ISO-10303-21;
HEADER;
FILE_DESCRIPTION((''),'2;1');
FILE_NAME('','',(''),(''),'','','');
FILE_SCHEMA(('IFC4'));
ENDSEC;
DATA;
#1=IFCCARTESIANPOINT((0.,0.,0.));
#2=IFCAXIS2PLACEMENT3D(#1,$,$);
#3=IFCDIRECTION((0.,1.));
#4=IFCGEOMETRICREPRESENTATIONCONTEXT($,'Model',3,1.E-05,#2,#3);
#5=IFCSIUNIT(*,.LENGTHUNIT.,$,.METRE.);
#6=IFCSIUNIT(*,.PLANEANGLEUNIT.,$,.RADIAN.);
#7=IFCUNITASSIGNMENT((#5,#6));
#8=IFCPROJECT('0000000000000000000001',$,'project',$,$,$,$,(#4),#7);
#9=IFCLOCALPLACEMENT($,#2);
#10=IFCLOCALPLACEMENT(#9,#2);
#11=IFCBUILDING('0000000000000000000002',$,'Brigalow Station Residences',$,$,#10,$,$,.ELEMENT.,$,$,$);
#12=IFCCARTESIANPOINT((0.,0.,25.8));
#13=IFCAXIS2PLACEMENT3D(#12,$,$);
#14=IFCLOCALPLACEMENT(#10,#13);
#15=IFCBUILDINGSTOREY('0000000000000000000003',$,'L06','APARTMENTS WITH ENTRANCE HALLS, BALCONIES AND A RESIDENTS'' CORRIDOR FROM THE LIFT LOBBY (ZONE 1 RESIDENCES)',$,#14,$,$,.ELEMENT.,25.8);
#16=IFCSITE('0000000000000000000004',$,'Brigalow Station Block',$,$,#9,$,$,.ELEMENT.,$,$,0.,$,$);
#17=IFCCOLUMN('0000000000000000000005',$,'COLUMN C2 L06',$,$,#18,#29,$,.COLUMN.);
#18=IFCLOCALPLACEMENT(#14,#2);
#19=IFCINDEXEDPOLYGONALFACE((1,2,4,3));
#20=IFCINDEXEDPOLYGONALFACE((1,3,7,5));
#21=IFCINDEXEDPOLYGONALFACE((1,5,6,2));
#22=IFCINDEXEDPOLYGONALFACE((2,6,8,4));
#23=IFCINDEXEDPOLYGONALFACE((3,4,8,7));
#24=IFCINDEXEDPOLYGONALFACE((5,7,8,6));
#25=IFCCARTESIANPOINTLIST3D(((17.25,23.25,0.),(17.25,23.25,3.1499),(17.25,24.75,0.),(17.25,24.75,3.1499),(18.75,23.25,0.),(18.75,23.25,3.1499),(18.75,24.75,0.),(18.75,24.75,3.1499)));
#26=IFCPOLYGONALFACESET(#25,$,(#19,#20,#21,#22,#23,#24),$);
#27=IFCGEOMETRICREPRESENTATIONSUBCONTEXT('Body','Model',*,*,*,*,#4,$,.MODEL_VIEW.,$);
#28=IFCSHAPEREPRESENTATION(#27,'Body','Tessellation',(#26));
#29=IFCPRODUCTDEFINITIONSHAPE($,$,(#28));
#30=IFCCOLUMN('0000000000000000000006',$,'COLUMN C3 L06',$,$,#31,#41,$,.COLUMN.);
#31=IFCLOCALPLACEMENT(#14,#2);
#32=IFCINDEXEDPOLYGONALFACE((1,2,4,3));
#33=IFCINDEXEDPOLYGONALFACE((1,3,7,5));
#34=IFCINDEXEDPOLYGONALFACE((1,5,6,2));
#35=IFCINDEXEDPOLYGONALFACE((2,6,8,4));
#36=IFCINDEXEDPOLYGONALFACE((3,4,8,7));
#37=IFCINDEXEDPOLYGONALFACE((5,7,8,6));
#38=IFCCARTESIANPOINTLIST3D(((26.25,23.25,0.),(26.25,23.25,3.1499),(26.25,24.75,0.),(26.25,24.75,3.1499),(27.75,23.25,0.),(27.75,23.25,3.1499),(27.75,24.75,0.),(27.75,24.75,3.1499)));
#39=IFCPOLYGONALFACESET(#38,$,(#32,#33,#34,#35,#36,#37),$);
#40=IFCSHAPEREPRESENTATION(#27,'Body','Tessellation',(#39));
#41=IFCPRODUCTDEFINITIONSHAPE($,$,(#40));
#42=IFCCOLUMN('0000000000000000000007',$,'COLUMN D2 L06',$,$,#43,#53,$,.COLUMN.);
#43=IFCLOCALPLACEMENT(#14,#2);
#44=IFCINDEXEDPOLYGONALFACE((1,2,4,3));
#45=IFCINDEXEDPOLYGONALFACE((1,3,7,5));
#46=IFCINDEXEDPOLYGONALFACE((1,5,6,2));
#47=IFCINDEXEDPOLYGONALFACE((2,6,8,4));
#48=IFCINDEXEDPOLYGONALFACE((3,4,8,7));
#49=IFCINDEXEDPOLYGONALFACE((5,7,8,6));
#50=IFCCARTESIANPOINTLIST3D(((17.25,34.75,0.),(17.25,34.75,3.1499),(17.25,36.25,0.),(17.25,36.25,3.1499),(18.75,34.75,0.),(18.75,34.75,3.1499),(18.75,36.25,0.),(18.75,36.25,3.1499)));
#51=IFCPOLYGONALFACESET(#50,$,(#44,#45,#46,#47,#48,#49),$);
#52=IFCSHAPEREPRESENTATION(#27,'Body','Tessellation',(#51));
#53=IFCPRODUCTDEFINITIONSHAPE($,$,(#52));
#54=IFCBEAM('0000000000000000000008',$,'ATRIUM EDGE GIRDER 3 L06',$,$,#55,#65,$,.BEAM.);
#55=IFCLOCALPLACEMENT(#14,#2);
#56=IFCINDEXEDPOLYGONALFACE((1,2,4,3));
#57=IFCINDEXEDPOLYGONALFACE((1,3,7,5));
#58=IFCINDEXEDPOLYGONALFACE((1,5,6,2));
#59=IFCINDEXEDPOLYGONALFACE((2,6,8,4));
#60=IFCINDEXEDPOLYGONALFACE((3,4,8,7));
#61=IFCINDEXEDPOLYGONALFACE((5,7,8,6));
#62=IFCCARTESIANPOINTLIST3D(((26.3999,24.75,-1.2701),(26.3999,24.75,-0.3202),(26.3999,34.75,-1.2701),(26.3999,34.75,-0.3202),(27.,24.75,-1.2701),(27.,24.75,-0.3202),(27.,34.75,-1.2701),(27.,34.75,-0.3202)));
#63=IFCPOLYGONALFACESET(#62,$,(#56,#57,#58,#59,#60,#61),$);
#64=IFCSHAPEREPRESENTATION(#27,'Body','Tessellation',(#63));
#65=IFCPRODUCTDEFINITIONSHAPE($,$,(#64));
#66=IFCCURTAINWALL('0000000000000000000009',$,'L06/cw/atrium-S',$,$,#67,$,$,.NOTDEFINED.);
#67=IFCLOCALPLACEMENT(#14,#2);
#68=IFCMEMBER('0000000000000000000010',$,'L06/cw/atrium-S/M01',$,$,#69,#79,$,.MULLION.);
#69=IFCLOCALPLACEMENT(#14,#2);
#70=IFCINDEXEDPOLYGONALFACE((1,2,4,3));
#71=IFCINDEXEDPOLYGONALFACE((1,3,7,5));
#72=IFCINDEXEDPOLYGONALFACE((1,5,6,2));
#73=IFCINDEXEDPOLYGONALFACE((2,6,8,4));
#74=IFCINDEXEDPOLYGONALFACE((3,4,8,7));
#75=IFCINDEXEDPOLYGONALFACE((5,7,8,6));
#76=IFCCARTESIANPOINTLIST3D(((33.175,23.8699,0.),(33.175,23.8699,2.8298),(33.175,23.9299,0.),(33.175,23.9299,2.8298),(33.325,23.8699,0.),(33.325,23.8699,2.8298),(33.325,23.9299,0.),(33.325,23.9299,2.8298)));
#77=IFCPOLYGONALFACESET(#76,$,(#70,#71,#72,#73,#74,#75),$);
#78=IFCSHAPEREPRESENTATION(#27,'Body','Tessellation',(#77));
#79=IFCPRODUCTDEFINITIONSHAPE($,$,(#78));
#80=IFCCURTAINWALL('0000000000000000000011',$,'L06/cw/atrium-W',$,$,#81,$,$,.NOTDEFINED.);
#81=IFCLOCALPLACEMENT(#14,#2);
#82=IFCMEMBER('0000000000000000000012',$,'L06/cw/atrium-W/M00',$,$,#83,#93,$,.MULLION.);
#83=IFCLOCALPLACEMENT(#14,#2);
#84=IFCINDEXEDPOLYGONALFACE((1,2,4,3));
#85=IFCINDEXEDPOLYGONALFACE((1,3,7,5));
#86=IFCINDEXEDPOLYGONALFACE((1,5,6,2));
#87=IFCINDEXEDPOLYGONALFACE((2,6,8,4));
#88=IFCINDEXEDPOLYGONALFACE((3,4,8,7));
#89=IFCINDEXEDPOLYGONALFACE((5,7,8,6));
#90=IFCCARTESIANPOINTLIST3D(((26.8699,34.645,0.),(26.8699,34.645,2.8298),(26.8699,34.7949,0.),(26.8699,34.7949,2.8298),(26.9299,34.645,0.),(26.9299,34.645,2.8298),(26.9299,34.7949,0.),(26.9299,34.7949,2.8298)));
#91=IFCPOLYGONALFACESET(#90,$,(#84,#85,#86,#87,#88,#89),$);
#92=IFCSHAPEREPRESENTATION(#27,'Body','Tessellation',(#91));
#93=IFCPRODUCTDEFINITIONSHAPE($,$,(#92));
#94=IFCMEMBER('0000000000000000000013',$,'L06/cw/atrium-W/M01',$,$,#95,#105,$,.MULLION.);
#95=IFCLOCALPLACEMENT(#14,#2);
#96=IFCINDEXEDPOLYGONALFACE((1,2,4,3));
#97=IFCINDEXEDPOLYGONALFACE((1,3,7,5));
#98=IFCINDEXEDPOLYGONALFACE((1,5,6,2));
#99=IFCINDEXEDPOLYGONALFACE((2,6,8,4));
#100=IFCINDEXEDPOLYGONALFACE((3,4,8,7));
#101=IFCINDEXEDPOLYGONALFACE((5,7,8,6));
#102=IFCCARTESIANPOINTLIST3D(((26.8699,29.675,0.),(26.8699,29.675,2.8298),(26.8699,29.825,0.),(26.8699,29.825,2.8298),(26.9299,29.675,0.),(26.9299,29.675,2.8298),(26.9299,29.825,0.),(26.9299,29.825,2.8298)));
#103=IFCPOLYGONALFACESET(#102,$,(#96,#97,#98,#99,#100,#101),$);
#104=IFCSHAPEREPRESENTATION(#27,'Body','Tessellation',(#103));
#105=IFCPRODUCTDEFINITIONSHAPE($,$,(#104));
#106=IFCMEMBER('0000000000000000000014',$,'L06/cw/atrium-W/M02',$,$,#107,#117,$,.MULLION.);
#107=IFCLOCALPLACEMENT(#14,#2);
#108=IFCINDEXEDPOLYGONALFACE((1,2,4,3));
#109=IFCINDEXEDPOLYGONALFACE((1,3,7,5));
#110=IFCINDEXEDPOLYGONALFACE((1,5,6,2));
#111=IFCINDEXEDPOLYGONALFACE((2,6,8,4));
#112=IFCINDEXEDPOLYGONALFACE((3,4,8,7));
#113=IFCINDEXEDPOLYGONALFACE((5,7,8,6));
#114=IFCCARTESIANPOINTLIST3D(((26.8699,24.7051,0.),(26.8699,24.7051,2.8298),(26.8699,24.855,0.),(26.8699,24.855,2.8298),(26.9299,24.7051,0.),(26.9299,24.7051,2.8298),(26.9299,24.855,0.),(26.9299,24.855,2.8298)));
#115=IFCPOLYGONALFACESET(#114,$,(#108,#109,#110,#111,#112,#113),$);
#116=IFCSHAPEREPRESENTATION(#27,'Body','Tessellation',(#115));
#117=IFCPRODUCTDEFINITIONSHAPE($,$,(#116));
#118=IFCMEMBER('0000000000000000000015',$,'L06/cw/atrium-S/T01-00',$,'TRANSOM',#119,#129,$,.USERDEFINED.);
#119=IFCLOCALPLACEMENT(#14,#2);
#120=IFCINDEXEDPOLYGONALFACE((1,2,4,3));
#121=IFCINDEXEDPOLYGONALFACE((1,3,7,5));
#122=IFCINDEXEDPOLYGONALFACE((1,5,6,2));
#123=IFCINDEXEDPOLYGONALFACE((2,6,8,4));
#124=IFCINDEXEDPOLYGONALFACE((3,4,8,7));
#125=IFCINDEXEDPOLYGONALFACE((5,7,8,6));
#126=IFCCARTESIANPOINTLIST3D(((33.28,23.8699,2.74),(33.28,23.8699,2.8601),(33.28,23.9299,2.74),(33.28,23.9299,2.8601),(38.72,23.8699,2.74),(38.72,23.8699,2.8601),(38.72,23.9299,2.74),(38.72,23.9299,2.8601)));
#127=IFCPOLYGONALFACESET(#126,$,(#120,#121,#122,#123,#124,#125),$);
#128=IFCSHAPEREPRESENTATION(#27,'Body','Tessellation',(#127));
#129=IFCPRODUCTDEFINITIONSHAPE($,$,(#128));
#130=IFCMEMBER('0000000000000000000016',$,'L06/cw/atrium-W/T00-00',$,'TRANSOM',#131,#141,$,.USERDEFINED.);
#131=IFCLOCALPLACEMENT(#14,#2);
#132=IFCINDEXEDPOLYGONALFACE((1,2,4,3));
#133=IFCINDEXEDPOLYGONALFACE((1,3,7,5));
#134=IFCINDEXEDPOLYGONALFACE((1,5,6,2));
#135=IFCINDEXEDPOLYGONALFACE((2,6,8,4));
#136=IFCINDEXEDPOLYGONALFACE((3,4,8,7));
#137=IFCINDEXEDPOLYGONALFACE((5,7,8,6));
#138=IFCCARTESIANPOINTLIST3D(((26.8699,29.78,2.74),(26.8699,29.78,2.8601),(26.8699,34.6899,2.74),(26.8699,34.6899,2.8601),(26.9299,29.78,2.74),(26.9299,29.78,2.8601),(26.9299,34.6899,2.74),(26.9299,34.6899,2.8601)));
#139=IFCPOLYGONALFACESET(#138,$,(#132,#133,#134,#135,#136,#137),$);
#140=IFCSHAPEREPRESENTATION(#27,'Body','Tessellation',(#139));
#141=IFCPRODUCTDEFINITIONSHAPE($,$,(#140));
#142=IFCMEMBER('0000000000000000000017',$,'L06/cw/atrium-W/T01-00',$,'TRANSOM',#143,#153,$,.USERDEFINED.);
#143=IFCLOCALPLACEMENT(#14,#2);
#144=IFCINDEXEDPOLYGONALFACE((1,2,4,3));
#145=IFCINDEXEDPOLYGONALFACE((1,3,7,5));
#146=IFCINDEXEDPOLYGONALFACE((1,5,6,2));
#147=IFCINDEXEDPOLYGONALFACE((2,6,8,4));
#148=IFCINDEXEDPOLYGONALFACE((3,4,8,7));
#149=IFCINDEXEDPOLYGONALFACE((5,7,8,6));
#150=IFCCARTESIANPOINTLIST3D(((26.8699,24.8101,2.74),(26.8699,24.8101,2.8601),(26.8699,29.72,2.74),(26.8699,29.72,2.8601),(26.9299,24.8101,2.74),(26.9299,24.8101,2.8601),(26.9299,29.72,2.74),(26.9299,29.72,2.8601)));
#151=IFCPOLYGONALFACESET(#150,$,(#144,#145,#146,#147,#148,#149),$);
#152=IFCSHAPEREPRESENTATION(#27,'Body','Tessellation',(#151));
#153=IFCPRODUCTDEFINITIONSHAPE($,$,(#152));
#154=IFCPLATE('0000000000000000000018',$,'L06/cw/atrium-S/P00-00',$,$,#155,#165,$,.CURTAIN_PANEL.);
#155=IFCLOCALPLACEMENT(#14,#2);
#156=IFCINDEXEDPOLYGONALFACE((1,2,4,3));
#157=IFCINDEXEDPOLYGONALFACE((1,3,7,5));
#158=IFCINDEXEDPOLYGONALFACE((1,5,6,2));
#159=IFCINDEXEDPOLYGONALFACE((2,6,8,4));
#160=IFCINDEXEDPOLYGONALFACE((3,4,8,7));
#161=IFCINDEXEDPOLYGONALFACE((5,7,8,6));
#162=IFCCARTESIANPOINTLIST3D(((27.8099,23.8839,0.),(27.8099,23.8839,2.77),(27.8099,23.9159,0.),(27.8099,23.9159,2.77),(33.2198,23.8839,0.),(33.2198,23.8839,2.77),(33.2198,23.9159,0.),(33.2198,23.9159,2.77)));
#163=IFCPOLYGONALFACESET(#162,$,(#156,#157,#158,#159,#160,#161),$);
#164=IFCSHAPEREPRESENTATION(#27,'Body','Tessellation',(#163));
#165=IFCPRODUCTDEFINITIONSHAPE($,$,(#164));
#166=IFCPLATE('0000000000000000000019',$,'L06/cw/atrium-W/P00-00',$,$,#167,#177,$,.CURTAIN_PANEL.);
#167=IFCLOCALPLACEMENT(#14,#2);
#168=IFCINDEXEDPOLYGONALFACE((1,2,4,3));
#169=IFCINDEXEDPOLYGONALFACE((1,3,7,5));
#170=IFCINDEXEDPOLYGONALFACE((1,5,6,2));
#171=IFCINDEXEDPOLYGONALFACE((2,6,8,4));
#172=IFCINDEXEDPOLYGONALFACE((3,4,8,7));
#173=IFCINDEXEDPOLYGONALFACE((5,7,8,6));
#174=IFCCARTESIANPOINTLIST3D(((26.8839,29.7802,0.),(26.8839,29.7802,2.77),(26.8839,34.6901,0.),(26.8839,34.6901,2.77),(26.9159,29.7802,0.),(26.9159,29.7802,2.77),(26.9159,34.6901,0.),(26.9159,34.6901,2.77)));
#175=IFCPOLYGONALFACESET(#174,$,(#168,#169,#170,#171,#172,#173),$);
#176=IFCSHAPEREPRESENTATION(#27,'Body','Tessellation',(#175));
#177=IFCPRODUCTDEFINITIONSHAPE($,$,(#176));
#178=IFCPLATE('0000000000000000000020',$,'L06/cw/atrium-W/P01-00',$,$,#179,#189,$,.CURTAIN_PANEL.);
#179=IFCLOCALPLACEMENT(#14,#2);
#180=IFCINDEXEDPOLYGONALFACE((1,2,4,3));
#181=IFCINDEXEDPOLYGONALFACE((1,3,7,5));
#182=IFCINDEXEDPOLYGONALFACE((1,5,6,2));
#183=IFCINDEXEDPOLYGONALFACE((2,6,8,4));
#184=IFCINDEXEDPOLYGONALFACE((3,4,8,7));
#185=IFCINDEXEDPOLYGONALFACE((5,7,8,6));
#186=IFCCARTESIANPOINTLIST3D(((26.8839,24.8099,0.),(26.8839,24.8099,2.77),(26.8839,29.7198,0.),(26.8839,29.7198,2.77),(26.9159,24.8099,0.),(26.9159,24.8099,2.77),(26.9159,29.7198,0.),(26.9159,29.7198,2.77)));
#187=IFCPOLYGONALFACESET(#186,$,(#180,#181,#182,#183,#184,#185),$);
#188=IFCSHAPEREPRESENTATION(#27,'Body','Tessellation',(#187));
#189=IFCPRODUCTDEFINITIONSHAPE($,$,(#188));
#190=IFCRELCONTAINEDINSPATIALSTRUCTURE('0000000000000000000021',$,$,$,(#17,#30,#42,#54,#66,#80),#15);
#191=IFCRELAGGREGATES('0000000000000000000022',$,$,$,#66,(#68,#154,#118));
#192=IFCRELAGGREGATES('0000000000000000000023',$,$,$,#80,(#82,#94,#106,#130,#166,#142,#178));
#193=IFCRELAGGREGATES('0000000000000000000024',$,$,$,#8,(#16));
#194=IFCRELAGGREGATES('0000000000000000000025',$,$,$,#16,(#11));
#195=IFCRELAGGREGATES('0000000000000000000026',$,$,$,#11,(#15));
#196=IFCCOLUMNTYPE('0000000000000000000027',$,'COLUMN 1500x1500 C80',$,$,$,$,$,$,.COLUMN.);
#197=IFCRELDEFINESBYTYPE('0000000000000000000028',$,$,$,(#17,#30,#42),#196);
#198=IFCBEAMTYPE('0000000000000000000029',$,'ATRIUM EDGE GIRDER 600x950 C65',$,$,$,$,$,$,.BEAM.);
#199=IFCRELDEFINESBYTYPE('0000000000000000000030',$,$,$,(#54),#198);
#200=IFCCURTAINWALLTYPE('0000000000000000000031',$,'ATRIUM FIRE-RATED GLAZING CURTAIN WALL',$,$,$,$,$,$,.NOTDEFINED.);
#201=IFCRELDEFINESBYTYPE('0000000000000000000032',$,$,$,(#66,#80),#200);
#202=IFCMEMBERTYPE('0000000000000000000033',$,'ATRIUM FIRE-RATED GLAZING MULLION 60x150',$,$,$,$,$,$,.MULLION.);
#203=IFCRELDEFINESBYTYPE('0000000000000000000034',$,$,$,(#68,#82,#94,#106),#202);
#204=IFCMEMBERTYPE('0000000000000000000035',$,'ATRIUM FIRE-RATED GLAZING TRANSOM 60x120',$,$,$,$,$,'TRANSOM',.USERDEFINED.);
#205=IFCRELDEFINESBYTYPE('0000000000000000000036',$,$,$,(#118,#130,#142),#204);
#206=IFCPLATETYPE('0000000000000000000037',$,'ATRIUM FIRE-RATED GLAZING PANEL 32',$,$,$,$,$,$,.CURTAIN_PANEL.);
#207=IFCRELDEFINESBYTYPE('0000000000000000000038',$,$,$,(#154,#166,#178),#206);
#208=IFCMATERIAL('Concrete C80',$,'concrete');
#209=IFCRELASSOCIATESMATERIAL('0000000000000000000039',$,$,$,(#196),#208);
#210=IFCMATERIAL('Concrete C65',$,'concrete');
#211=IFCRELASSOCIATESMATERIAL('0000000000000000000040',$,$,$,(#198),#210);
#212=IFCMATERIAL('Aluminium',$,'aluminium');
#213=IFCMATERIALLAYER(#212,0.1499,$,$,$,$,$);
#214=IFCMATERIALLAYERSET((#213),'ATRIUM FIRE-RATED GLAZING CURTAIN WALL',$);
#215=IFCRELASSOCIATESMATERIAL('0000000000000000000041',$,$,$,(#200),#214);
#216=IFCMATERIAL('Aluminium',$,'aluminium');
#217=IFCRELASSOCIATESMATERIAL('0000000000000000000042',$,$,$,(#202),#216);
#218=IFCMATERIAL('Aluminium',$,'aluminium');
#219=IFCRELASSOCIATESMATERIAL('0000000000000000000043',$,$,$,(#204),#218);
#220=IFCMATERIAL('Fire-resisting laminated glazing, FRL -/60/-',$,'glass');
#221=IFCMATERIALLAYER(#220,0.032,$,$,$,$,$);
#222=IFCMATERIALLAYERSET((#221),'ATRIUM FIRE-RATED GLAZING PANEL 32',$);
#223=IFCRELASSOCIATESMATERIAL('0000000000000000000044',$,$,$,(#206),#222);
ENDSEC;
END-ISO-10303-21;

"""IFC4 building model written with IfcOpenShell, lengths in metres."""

from ifc_helpers import new_model, si_unit, direction, frame, origin, origin_2d, place, context, subcontext, project, spatial, rectangle, extrude, material, layer, layer_set, material_profile, profile_set, type_object, element, aggregate, save


model = new_model("IFC4")

# Units and contexts
model_context = context("Model", 3, precision=1e-05, world=origin(), true_north=direction((0.0, 1.0)))
body_context = subcontext(model_context, "Body", "Model", "MODEL_VIEW")
ifc_project = project(units=[si_unit("LENGTHUNIT", "METRE"), si_unit("PLANEANGLEUNIT", "RADIAN")], contexts=[model_context])

# Site, building, storey
site_placement = place(None, origin())
site = spatial("IfcSite", under=ifc_project, at=site_placement, Name="Brigalow Station Block", CompositionType="ELEMENT", RefElevation=0.0)
building_placement = place(site_placement, origin())
building = spatial("IfcBuilding", under=site, at=building_placement, Name="Brigalow Station Residences", CompositionType="ELEMENT")
storey_placement = place(building_placement, frame((0.0, 0.0, 25.8)))
storey = spatial("IfcBuildingStorey", under=building, at=storey_placement, Name="L06", Description="APARTMENTS WITH ENTRANCE HALLS, BALCONIES AND A RESIDENTS' CORRIDOR FROM THE LIFT LOBBY (ZONE 1 RESIDENCES)", CompositionType="ELEMENT", Elevation=25.8)

# Columns
ifc_material_1 = material(Name="Concrete C80", Category="concrete")
ifc_material_profile_1 = material_profile(ifc_material_1, rectangle(XDim=1.5, YDim=1.5, at=origin_2d()), Name="RC1500x1500")
ifc_profile_set_1 = profile_set([ifc_material_profile_1], Name="Concrete C80")
column_type = type_object("IfcColumnType", Name="COLUMN 1500x1500 C80", PredefinedType="COLUMN", material=ifc_profile_set_1)
for number, where, z_axis, x_axis, name in (
    (1, (18.0, 24.0, 0.0), (0.0, 0.0, 1.0), (1.0, 0.0, 0.0), "COLUMN C2 L06"),
    (2, (27.0, 24.0, 0.0), (0.0, 0.0, 1.0), (1.0, 0.0, 0.0), "COLUMN C3 L06"),
    (3, (18.0, 35.5, 0.0), (0.0, 0.0, 1.0), (1.0, 0.0, 0.0), "COLUMN D2 L06"),
):
    element("IfcColumn", number, at=place(storey_placement, frame(where, z_axis=z_axis, x_axis=x_axis)), inside=storey, type_object=column_type, Name=name, PredefinedType="COLUMN", context=body_context, shape_type="SweptSolid", body=[
        extrude(rectangle(XDim=1.5, YDim=1.5, at=origin_2d()), origin(), (0.0, 0.0, 1.0), 3.1499),
    ])

# Beam
ifc_material_2 = material(Name="Concrete C65", Category="concrete")
ifc_material_profile_2 = material_profile(ifc_material_2, rectangle(XDim=0.6001, YDim=0.95, at=origin_2d()), Name="RC600x950")
ifc_profile_set_2 = profile_set([ifc_material_profile_2], Name="Concrete C65")
beam_type = type_object("IfcBeamType", Name="ATRIUM EDGE GIRDER 600x950 C65", PredefinedType="BEAM", material=ifc_profile_set_2)
beam_placement = place(storey_placement, frame((26.7, 24.75, -0.7952), z_axis=(0.0, 1.0, 0.0), x_axis=(-1.0, 0.0, 0.0)))
element("IfcBeam", 4, at=beam_placement, inside=storey, type_object=beam_type, Name="ATRIUM EDGE GIRDER 3 L06", PredefinedType="BEAM", context=body_context, shape_type="SweptSolid", body=[
    extrude(rectangle(XDim=0.6001, YDim=0.95, at=origin_2d()), origin(), (0.0, 0.0, 1.0), 10.0),
])

# Curtain wall, member
ifc_material_3 = material(Name="Aluminium", Category="aluminium")
ifc_layer_1 = layer(ifc_material_3, 0.1499)
ifc_layer_set_1 = layer_set([ifc_layer_1], Name="ATRIUM FIRE-RATED GLAZING CURTAIN WALL")
curtain_wall_type = type_object("IfcCurtainWallType", Name="ATRIUM FIRE-RATED GLAZING CURTAIN WALL", PredefinedType="NOTDEFINED", material=ifc_layer_set_1)
curtain_wall_1_placement = place(storey_placement, origin())
curtain_wall_1 = element("IfcCurtainWall", 5, at=curtain_wall_1_placement, inside=storey, type_object=curtain_wall_type, Name="L06/cw/atrium-S", PredefinedType="NOTDEFINED")
ifc_material_4 = material(Name="Aluminium", Category="aluminium")
ifc_material_profile_3 = material_profile(ifc_material_4, rectangle(XDim=0.0601, YDim=0.1499, at=origin_2d()), Name="ATRIUM FIRE-RATED GLAZING MULLION 60x150")
ifc_profile_set_3 = profile_set([ifc_material_profile_3], Name="Aluminium")
member_type_1 = type_object("IfcMemberType", Name="ATRIUM FIRE-RATED GLAZING MULLION 60x150", PredefinedType="MULLION", material=ifc_profile_set_3)
member_1_placement = place(storey_placement, frame((33.25, 23.8999, 0.0), z_axis=(0.0, 0.0, 1.0), x_axis=(0.0, 1.0, 0.0)))
member_1 = element("IfcMember", 6, at=member_1_placement, type_object=member_type_1, Name="L06/cw/atrium-S/M01", PredefinedType="MULLION", context=body_context, shape_type="SweptSolid", body=[
    extrude(rectangle(XDim=0.0601, YDim=0.1499, at=origin_2d()), origin(), (0.0, 0.0, 1.0), 2.8298),
])

# Curtain wall, members
curtain_wall_2_placement = place(storey_placement, origin())
curtain_wall_2 = element("IfcCurtainWall", 7, at=curtain_wall_2_placement, inside=storey, type_object=curtain_wall_type, Name="L06/cw/atrium-W", PredefinedType="NOTDEFINED")
member_2_placement = place(storey_placement, frame((26.8999, 34.72, 0.0), z_axis=(0.0, 0.0, 1.0), x_axis=(1.0, 0.0, 0.0)))
member_2 = element("IfcMember", 8, at=member_2_placement, type_object=member_type_1, Name="L06/cw/atrium-W/M00", PredefinedType="MULLION", context=body_context, shape_type="SweptSolid", body=[
    extrude(rectangle(XDim=0.0601, YDim=0.1499, at=origin_2d()), origin(), (0.0, 0.0, 1.0), 2.8298),
])
member_3_placement = place(storey_placement, frame((26.8999, 29.75, 0.0), z_axis=(0.0, 0.0, 1.0), x_axis=(1.0, 0.0, 0.0)))
member_3 = element("IfcMember", 9, at=member_3_placement, type_object=member_type_1, Name="L06/cw/atrium-W/M01", PredefinedType="MULLION", context=body_context, shape_type="SweptSolid", body=[
    extrude(rectangle(XDim=0.0601, YDim=0.1499, at=origin_2d()), origin(), (0.0, 0.0, 1.0), 2.8298),
])
member_4_placement = place(storey_placement, frame((26.8999, 24.78, 0.0), z_axis=(0.0, 0.0, 1.0), x_axis=(1.0, 0.0, 0.0)))
member_4 = element("IfcMember", 10, at=member_4_placement, type_object=member_type_1, Name="L06/cw/atrium-W/M02", PredefinedType="MULLION", context=body_context, shape_type="SweptSolid", body=[
    extrude(rectangle(XDim=0.0601, YDim=0.1499, at=origin_2d()), origin(), (0.0, 0.0, 1.0), 2.8298),
])

# Members
ifc_material_5 = material(Name="Aluminium", Category="aluminium")
ifc_material_profile_4 = material_profile(ifc_material_5, rectangle(XDim=0.0601, YDim=0.1201, at=origin_2d()), Name="ATRIUM FIRE-RATED GLAZING TRANSOM 60x120")
ifc_profile_set_4 = profile_set([ifc_material_profile_4], Name="Aluminium")
member_type_2 = type_object("IfcMemberType", Name="ATRIUM FIRE-RATED GLAZING TRANSOM 60x120", ElementType="TRANSOM", PredefinedType="USERDEFINED", material=ifc_profile_set_4)
member_5_placement = place(storey_placement, frame((33.28, 23.8999, 2.8), z_axis=(1.0, 0.0, 0.0), x_axis=(0.0, 1.0, 0.0)))
member_5 = element("IfcMember", 11, at=member_5_placement, type_object=member_type_2, Name="L06/cw/atrium-S/T01-00", ObjectType="TRANSOM", PredefinedType="USERDEFINED", context=body_context, shape_type="SweptSolid", body=[
    extrude(rectangle(XDim=0.0601, YDim=0.1201, at=origin_2d()), origin(), (0.0, 0.0, 1.0), 5.4399),
])
member_6_placement = place(storey_placement, frame((26.8999, 34.6899, 2.8), z_axis=(0.0, -1.0, 0.0), x_axis=(1.0, 0.0, 0.0)))
member_6 = element("IfcMember", 12, at=member_6_placement, type_object=member_type_2, Name="L06/cw/atrium-W/T00-00", ObjectType="TRANSOM", PredefinedType="USERDEFINED", context=body_context, shape_type="SweptSolid", body=[
    extrude(rectangle(XDim=0.0601, YDim=0.1201, at=origin_2d()), origin(), (0.0, 0.0, 1.0), 4.9099),
])
member_7_placement = place(storey_placement, frame((26.8999, 29.72, 2.8), z_axis=(0.0, -1.0, 0.0), x_axis=(1.0, 0.0, 0.0)))
member_7 = element("IfcMember", 13, at=member_7_placement, type_object=member_type_2, Name="L06/cw/atrium-W/T01-00", ObjectType="TRANSOM", PredefinedType="USERDEFINED", context=body_context, shape_type="SweptSolid", body=[
    extrude(rectangle(XDim=0.0601, YDim=0.1201, at=origin_2d()), origin(), (0.0, 0.0, 1.0), 4.9099),
])

# Plates
ifc_material_6 = material(Name="Fire-resisting laminated glazing, FRL -/60/-", Category="glass")
ifc_layer_2 = layer(ifc_material_6, 0.032)
ifc_layer_set_2 = layer_set([ifc_layer_2], Name="ATRIUM FIRE-RATED GLAZING PANEL 32")
plate_type = type_object("IfcPlateType", Name="ATRIUM FIRE-RATED GLAZING PANEL 32", PredefinedType="CURTAIN_PANEL", material=ifc_layer_set_2)
plate_1_placement = place(storey_placement, frame((30.5149, 23.8999, 0.0), z_axis=(0.0, 0.0, 1.0), x_axis=(1.0, 0.0, 0.0)))
plate_1 = element("IfcPlate", 14, at=plate_1_placement, type_object=plate_type, Name="L06/cw/atrium-S/P00-00", PredefinedType="CURTAIN_PANEL", context=body_context, shape_type="SweptSolid", body=[
    extrude(rectangle(XDim=5.4099, YDim=0.032, at=origin_2d()), origin(), (0.0, 0.0, 1.0), 2.77),
])
aggregate(curtain_wall_1, [member_1, plate_1, member_5])
plate_2_placement = place(storey_placement, frame((26.8999, 32.2351, 0.0), z_axis=(0.0, 0.0, 1.0), x_axis=(0.0, -1.0, 0.0)))
plate_2 = element("IfcPlate", 15, at=plate_2_placement, type_object=plate_type, Name="L06/cw/atrium-W/P00-00", PredefinedType="CURTAIN_PANEL", context=body_context, shape_type="SweptSolid", body=[
    extrude(rectangle(XDim=4.9099, YDim=0.032, at=origin_2d()), origin(), (0.0, 0.0, 1.0), 2.77),
])
plate_3_placement = place(storey_placement, frame((26.8999, 27.2649, 0.0), z_axis=(0.0, 0.0, 1.0), x_axis=(0.0, -1.0, 0.0)))
plate_3 = element("IfcPlate", 16, at=plate_3_placement, type_object=plate_type, Name="L06/cw/atrium-W/P01-00", PredefinedType="CURTAIN_PANEL", context=body_context, shape_type="SweptSolid", body=[
    extrude(rectangle(XDim=4.9099, YDim=0.032, at=origin_2d()), origin(), (0.0, 0.0, 1.0), 2.77),
])
aggregate(curtain_wall_2, [member_2, member_3, member_4, member_6, plate_2, member_7, plate_3])

save(model, "model.ifc")
